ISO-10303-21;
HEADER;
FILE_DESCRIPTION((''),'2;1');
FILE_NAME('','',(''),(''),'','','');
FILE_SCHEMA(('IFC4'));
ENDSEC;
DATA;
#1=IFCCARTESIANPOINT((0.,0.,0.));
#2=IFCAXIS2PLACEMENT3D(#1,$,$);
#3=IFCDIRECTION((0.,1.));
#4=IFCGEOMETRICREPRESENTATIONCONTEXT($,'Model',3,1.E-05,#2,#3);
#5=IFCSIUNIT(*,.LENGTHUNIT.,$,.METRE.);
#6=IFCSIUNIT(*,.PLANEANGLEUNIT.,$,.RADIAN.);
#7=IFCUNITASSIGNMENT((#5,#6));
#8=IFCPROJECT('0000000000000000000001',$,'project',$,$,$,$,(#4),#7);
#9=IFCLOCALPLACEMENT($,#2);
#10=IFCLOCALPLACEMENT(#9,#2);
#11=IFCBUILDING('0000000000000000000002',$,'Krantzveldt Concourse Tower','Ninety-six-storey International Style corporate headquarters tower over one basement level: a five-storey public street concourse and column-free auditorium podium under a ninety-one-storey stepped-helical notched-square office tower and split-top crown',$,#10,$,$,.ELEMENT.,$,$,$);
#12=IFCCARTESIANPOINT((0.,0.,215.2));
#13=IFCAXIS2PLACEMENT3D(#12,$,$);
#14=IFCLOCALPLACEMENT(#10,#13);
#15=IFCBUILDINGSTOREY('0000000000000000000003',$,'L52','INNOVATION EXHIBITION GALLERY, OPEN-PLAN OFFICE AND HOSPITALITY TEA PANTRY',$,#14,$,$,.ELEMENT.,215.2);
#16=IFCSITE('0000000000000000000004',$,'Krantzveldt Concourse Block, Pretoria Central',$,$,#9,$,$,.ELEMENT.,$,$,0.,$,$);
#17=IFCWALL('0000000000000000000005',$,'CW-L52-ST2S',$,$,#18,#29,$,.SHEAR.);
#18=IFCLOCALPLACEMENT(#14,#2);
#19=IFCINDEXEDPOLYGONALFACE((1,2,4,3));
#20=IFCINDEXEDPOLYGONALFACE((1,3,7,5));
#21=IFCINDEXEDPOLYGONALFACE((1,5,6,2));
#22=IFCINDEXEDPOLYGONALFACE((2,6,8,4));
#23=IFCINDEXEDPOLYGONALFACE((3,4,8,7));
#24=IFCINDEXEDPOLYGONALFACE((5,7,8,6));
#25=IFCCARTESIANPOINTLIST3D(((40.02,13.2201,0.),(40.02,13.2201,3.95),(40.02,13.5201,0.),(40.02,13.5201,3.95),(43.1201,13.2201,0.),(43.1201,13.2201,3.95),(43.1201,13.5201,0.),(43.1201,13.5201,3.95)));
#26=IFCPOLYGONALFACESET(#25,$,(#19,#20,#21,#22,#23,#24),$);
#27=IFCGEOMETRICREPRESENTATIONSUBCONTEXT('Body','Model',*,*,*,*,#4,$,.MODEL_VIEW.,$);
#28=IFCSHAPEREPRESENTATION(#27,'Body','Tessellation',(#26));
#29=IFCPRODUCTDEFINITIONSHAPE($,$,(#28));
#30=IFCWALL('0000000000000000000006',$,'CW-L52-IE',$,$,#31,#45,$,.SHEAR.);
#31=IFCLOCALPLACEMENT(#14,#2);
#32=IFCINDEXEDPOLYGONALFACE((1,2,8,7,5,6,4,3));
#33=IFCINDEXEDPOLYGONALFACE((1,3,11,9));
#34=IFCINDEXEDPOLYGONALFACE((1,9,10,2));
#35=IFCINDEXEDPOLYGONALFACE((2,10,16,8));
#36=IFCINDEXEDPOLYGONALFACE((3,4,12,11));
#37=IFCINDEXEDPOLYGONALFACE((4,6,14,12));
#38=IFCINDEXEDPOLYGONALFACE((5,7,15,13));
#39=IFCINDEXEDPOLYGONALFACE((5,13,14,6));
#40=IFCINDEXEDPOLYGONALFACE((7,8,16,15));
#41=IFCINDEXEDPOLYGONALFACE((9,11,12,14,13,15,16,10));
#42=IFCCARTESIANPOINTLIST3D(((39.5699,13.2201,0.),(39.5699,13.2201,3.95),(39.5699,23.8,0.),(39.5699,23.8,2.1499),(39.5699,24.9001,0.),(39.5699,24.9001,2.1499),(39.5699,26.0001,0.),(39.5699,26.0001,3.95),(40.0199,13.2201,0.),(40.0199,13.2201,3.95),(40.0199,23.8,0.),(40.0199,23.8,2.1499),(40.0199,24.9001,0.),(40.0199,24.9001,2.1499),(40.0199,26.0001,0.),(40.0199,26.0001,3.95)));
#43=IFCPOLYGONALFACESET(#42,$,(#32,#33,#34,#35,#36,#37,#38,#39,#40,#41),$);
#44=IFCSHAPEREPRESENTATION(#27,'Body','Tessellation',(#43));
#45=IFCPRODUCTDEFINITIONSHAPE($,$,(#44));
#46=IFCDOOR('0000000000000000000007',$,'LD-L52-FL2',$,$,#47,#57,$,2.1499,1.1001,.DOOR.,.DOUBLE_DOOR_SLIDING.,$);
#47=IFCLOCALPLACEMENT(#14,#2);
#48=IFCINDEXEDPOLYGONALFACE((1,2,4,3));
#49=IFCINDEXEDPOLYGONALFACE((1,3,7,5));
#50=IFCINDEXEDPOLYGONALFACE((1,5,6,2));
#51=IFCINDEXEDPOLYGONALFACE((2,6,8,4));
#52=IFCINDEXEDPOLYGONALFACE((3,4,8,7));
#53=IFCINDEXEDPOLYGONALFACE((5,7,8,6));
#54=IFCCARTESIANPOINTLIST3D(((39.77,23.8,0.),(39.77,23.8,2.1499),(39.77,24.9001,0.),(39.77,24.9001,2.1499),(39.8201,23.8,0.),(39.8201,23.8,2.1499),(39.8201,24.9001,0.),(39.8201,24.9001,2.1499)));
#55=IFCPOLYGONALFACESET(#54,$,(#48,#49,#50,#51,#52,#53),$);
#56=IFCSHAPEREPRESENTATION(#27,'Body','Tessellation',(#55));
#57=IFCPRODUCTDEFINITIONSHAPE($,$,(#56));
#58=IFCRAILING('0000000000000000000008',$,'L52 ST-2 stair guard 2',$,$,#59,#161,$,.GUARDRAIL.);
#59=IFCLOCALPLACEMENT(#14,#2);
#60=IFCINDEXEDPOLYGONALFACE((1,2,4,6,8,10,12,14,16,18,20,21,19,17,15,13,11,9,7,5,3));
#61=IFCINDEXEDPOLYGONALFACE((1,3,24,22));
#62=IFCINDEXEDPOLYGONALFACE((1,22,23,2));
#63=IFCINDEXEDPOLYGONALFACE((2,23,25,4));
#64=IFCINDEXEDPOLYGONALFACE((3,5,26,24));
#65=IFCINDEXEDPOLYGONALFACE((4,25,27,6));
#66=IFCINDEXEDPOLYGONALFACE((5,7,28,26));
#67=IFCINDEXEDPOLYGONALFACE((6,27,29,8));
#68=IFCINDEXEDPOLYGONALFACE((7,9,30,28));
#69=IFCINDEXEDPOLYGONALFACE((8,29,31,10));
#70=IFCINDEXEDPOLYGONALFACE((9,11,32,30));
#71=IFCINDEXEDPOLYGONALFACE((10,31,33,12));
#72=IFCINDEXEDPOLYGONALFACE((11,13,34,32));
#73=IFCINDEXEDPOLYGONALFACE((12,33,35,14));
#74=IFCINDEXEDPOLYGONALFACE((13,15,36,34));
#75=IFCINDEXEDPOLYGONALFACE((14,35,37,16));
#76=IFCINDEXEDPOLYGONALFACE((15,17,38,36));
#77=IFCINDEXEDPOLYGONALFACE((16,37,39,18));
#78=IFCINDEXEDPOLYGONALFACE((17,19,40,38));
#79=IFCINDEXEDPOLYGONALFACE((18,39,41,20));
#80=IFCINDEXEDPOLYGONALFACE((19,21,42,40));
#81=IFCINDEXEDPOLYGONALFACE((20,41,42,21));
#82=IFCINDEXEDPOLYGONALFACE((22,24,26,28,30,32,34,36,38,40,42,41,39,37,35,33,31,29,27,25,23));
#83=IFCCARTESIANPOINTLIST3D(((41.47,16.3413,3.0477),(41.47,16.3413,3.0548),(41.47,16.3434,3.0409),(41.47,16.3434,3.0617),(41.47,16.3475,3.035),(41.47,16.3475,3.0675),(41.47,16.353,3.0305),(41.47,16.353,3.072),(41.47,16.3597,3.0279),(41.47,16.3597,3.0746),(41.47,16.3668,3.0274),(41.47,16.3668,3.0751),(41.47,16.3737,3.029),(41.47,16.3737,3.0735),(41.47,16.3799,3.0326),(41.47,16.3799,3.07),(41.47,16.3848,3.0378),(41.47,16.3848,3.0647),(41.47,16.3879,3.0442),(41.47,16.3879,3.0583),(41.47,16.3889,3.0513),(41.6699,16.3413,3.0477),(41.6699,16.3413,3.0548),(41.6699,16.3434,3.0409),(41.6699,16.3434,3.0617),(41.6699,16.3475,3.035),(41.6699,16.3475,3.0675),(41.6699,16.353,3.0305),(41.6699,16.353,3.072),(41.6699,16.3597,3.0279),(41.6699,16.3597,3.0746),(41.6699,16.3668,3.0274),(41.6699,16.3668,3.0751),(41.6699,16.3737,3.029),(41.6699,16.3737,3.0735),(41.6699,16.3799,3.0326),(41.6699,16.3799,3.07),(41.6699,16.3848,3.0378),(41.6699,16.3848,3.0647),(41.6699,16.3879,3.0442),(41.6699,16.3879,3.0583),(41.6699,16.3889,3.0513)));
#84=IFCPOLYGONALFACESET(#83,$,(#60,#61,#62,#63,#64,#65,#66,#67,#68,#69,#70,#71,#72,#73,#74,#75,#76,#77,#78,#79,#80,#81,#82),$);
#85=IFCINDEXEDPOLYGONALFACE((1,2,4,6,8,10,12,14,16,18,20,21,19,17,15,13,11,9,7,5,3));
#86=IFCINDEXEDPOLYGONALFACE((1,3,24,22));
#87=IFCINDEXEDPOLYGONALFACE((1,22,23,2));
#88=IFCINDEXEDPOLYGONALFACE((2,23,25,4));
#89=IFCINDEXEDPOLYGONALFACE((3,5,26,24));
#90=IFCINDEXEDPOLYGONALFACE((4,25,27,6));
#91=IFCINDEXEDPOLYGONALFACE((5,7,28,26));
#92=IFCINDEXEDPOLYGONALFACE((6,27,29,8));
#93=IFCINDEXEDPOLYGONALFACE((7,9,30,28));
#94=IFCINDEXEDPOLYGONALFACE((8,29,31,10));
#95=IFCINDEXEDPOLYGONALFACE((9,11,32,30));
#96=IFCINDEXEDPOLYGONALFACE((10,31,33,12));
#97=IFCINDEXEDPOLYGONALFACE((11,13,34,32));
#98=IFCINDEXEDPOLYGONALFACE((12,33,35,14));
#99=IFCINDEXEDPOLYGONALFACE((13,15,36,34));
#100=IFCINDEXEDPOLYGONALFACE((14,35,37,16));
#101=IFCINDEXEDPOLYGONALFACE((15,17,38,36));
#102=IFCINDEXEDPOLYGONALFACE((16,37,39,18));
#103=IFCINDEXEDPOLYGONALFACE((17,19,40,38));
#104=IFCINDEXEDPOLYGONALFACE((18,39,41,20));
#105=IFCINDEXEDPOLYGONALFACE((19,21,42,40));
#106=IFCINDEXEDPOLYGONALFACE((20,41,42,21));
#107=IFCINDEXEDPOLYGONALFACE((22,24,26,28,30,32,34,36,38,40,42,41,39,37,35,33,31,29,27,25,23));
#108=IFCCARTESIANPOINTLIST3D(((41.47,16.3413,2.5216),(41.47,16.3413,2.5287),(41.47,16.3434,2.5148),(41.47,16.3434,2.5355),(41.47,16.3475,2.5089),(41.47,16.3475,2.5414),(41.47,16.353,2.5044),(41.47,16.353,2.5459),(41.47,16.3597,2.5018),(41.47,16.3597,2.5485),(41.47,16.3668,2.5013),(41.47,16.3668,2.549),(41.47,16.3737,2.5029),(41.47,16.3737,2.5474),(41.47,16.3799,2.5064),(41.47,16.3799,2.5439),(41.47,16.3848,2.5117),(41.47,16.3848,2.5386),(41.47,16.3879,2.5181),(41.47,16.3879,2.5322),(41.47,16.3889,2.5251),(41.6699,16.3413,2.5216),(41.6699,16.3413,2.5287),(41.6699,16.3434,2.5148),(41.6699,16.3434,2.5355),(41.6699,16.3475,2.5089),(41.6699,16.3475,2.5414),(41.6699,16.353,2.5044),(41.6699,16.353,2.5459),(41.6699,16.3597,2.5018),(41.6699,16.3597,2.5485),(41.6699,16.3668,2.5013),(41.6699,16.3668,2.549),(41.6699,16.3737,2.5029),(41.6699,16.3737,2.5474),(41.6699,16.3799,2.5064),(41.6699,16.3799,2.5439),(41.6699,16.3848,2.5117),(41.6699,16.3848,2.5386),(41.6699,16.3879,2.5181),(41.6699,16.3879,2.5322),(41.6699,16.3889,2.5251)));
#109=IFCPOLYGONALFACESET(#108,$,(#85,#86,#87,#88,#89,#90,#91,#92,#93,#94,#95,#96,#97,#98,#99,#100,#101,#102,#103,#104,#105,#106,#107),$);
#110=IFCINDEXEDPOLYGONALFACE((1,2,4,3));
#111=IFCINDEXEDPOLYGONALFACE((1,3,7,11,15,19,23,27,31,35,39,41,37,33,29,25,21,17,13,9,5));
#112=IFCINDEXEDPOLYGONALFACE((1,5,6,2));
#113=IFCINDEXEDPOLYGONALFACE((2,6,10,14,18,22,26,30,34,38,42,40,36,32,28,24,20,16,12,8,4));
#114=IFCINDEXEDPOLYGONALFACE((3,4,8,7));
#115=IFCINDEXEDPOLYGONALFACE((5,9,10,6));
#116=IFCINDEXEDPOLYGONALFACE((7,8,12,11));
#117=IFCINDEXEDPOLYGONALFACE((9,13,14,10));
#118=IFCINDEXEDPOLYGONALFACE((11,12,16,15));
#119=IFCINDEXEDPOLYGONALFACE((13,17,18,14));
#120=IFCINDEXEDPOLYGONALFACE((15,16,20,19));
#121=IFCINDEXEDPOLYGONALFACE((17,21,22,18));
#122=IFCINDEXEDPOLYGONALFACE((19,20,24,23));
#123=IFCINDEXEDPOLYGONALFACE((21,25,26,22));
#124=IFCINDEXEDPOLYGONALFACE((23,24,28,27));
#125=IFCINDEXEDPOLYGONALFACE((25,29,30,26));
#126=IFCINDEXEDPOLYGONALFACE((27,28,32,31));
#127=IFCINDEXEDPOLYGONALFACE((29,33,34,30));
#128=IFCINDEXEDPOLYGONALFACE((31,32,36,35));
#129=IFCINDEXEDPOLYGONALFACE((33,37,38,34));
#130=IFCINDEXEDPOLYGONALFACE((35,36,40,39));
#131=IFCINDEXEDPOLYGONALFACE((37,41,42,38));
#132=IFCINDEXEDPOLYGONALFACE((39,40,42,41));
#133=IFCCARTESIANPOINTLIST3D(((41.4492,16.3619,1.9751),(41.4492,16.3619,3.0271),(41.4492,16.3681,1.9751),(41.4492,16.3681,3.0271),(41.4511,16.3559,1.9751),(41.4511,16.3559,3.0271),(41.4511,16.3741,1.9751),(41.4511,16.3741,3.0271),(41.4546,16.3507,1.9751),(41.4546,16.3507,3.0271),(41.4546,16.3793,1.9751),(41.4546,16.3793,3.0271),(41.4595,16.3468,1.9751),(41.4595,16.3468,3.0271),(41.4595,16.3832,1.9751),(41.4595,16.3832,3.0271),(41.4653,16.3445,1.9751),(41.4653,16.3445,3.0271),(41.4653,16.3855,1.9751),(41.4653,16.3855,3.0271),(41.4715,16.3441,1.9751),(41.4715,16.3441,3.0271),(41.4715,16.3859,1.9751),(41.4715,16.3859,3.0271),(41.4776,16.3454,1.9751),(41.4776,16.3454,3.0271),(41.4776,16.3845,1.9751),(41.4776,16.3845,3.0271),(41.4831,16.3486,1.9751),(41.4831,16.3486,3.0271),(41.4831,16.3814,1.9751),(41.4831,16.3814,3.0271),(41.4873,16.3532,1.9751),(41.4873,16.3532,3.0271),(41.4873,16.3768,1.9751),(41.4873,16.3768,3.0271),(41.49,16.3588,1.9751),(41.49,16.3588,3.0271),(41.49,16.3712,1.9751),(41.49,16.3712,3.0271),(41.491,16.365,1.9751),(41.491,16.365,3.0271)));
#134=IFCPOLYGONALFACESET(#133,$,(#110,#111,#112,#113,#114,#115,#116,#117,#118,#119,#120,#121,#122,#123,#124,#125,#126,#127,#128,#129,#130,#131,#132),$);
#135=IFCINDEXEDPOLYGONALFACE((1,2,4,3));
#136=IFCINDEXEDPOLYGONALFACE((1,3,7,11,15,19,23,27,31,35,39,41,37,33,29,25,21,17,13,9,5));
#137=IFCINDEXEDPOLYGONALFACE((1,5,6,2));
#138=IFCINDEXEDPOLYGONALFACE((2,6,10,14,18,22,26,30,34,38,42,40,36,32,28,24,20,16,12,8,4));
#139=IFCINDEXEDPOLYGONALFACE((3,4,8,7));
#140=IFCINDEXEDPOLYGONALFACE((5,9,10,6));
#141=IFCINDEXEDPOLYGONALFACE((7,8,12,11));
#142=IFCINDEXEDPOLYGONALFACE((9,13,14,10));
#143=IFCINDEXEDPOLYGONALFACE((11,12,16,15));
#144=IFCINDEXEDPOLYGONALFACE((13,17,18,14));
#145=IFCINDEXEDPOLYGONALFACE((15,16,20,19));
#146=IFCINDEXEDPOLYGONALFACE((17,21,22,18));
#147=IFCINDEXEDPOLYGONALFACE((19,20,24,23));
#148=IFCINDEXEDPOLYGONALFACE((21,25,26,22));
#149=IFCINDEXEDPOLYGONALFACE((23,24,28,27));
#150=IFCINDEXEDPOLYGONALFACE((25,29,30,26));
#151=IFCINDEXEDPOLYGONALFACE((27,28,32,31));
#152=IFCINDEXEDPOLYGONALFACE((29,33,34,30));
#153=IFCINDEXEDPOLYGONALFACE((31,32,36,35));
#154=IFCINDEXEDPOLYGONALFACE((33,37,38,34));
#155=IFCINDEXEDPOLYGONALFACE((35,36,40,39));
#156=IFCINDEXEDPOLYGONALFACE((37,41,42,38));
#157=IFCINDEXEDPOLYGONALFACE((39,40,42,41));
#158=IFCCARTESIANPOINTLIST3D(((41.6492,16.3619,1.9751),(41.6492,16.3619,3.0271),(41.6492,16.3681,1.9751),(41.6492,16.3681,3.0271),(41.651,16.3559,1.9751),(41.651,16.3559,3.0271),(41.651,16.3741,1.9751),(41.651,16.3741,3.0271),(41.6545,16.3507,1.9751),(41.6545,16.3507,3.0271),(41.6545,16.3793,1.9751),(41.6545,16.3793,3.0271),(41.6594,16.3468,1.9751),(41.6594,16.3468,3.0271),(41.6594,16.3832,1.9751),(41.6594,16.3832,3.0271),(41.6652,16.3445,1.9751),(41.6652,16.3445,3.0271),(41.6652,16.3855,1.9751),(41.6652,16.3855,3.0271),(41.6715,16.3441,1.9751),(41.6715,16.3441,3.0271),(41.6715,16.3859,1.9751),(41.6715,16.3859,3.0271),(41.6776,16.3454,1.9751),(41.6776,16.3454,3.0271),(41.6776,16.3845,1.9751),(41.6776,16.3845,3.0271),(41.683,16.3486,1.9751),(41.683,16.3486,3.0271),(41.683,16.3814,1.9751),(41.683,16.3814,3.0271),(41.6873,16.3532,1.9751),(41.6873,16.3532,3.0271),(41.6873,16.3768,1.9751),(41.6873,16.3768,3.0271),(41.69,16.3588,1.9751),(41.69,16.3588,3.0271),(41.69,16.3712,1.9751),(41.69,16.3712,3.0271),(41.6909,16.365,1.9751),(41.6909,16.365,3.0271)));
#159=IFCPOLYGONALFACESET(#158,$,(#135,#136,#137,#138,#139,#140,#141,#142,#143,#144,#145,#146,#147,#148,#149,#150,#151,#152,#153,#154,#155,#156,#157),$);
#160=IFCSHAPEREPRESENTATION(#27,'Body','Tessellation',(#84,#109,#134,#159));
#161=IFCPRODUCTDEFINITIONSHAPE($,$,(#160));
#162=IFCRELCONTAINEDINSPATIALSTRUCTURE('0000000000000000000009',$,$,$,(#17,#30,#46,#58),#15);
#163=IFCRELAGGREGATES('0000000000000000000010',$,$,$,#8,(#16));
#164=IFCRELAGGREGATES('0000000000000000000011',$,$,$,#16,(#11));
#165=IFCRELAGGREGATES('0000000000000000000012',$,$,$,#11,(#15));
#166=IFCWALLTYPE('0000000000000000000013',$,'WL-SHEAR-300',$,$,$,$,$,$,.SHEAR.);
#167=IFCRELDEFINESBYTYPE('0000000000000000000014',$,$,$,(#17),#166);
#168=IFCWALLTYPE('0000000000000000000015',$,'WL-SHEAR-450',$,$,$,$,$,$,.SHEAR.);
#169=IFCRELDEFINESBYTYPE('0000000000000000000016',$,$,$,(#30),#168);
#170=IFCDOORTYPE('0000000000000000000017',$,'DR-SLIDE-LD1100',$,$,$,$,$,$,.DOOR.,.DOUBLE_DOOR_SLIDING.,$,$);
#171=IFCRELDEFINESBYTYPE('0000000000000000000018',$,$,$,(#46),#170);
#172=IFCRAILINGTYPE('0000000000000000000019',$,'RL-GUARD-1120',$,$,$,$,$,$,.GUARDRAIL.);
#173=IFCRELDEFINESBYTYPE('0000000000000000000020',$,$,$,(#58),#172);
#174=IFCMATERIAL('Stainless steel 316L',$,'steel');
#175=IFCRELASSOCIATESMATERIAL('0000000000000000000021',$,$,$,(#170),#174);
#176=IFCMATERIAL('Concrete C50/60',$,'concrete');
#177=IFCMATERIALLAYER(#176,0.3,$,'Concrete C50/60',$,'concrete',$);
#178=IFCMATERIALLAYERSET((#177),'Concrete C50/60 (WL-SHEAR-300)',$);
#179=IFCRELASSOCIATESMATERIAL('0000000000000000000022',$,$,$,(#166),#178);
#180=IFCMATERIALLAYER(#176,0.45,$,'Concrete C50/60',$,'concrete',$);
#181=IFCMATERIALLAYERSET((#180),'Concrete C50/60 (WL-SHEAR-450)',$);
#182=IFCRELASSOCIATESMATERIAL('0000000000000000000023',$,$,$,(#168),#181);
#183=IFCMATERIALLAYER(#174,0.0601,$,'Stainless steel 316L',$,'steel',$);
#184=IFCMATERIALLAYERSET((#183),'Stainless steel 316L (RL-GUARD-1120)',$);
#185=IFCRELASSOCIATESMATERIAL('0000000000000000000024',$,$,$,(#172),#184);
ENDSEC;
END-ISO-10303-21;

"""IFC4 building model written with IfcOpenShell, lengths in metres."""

from ifc_helpers import new_model, si_unit, direction, frame, frame_2d, origin, origin_2d, place, context, subcontext, project, spatial, rectangle, circle, extrude, material, layer, layer_set, type_object, element, fill, save


model = new_model("IFC4")

# Units and contexts
model_context = context("Model", 3, precision=1e-05, world=origin(), true_north=direction((0.0, 1.0)))
body_context = subcontext(model_context, "Body", "Model", "MODEL_VIEW")
ifc_project = project(units=[si_unit("LENGTHUNIT", "METRE"), si_unit("PLANEANGLEUNIT", "RADIAN")], contexts=[model_context])

# Site, building, storey
site_placement = place(None, origin())
site = spatial("IfcSite", under=ifc_project, at=site_placement, Name="Krantzveldt Concourse Block, Pretoria Central", CompositionType="ELEMENT", RefElevation=0.0)
building_placement = place(site_placement, origin())
building = spatial("IfcBuilding", under=site, at=building_placement, Name="Krantzveldt Concourse Tower", Description="Ninety-six-storey International Style corporate headquarters tower over one basement level: a five-storey public street concourse and column-free auditorium podium under a ninety-one-storey stepped-helical notched-square office tower and split-top crown", CompositionType="ELEMENT")
storey_placement = place(building_placement, frame((0.0, 0.0, 215.2)))
storey = spatial("IfcBuildingStorey", under=building, at=storey_placement, Name="L52", Description="INNOVATION EXHIBITION GALLERY, OPEN-PLAN OFFICE AND HOSPITALITY TEA PANTRY", CompositionType="ELEMENT", Elevation=215.2)

# Shared definitions
ifc_material_1 = material(Name="Stainless steel 316L", Category="steel")
door_type_1 = type_object("IfcDoorType", Name="DR-SLIDE-LD1100", OperationType="DOUBLE_DOOR_SLIDING", PredefinedType="DOOR", material=ifc_material_1)

# Wall
ifc_material_2 = material(Name="Concrete C50/60", Category="concrete")
ifc_layer_1 = layer(ifc_material_2, 0.3, Name="Concrete C50/60", Category="concrete")
ifc_layer_set_1 = layer_set([ifc_layer_1], Name="Concrete C50/60 (WL-SHEAR-300)")
wall_type_1 = type_object("IfcWallType", Name="WL-SHEAR-300", PredefinedType="SHEAR", material=ifc_layer_set_1)
wall_1_placement = place(storey_placement, frame((40.02, 13.3701, 0.0), z_axis=(0.0, 0.0, 1.0), x_axis=(1.0, 0.0, 0.0)))
element("IfcWall", 1, at=wall_1_placement, inside=storey, type_object=wall_type_1, Name="CW-L52-ST2S", PredefinedType="SHEAR", context=body_context, shape_type="SweptSolid", body=[
    extrude(rectangle(XDim=3.1001, YDim=0.3, at=frame_2d((1.55, 0.0))), origin(), (0.0, 0.0, 1.0), 3.95),
])

# Wall, opening, door
ifc_layer_2 = layer(ifc_material_2, 0.45, Name="Concrete C50/60", Category="concrete")
ifc_layer_set_2 = layer_set([ifc_layer_2], Name="Concrete C50/60 (WL-SHEAR-450)")
wall_type_2 = type_object("IfcWallType", Name="WL-SHEAR-450", PredefinedType="SHEAR", material=ifc_layer_set_2)
wall_2_placement = place(storey_placement, frame((39.7949, 13.22, 0.0), z_axis=(0.0, 0.0, 1.0), x_axis=(0.0, 1.0, 0.0)))
wall_2 = element("IfcWall", 2, at=wall_2_placement, inside=storey, type_object=wall_type_2, Name="CW-L52-IE", PredefinedType="SHEAR", context=body_context, shape_type="SweptSolid", body=[
    extrude(rectangle(XDim=12.78, YDim=0.45, at=frame_2d((6.3901, 0.0))), origin(), (0.0, 0.0, 1.0), 3.95),
])
opening_1_placement = place(wall_2_placement, frame((10.5801, 0.0, 0.0)))
opening_1 = element("IfcOpeningElement", 3, at=opening_1_placement, cuts=wall_2, PredefinedType="OPENING", context=body_context, shape_type="SweptSolid", body=[
    extrude(rectangle(XDim=1.1001, YDim=2.1499, at=frame_2d((0.55, 1.075))), frame((0.0, 0.2349, 0.0), z_axis=(0.0, -1.0, 0.0), x_axis=(1.0, 0.0, 0.0)), (0.0, 0.0, 1.0), 0.47),
])
door_1_placement = place(opening_1_placement, origin())
door_1 = element("IfcDoor", 4, at=door_1_placement, inside=storey, type_object=door_type_1, Name="LD-L52-FL2", OperationType="DOUBLE_DOOR_SLIDING", OverallHeight=2.1499, OverallWidth=1.1001, PredefinedType="DOOR", context=body_context, shape_type="SweptSolid", body=[
    extrude(rectangle(XDim=1.1001, YDim=2.1499, at=frame_2d((0.55, 1.075))), frame((0.0, 0.0249, 0.0), z_axis=(0.0, -1.0, 0.0), x_axis=(1.0, 0.0, 0.0)), (0.0, 0.0, 1.0), 0.05),
])
fill(opening_1, door_1)

# Railing
ifc_layer_3 = layer(ifc_material_1, 0.0601, Name="Stainless steel 316L", Category="steel")
ifc_layer_set_3 = layer_set([ifc_layer_3], Name="Stainless steel 316L (RL-GUARD-1120)")
railing_type = type_object("IfcRailingType", Name="RL-GUARD-1120", PredefinedType="GUARDRAIL", material=ifc_layer_set_3)
railing_placement = place(storey_placement, frame((41.47, 16.365, 1.9751)))
element("IfcRailing", 5, at=railing_placement, inside=storey, type_object=railing_type, Name="L52 ST-2 stair guard 2", PredefinedType="GUARDRAIL", context=body_context, shape_type="SweptSolid", body=[
    extrude(circle(Radius=0.0239, at=origin_2d()), frame((0.0, 0.0, 1.0762), z_axis=(1.0, 0.0, 0.0), x_axis=(0.0, 1.0, 0.0)), (0.0, 0.0, 1.0), 0.2),
    extrude(circle(Radius=0.0239, at=origin_2d()), frame((0.0, 0.0, 0.55), z_axis=(1.0, 0.0, 0.0), x_axis=(0.0, 1.0, 0.0)), (0.0, 0.0, 1.0), 0.2),
    extrude(circle(Radius=0.021, at=origin_2d()), origin(), (0.0, 0.0, 1.0), 1.052),
    extrude(circle(Radius=0.021, at=origin_2d()), frame((0.2, 0.0, 0.0)), (0.0, 0.0, 1.0), 1.052),
])

save(model, "model.ifc")
